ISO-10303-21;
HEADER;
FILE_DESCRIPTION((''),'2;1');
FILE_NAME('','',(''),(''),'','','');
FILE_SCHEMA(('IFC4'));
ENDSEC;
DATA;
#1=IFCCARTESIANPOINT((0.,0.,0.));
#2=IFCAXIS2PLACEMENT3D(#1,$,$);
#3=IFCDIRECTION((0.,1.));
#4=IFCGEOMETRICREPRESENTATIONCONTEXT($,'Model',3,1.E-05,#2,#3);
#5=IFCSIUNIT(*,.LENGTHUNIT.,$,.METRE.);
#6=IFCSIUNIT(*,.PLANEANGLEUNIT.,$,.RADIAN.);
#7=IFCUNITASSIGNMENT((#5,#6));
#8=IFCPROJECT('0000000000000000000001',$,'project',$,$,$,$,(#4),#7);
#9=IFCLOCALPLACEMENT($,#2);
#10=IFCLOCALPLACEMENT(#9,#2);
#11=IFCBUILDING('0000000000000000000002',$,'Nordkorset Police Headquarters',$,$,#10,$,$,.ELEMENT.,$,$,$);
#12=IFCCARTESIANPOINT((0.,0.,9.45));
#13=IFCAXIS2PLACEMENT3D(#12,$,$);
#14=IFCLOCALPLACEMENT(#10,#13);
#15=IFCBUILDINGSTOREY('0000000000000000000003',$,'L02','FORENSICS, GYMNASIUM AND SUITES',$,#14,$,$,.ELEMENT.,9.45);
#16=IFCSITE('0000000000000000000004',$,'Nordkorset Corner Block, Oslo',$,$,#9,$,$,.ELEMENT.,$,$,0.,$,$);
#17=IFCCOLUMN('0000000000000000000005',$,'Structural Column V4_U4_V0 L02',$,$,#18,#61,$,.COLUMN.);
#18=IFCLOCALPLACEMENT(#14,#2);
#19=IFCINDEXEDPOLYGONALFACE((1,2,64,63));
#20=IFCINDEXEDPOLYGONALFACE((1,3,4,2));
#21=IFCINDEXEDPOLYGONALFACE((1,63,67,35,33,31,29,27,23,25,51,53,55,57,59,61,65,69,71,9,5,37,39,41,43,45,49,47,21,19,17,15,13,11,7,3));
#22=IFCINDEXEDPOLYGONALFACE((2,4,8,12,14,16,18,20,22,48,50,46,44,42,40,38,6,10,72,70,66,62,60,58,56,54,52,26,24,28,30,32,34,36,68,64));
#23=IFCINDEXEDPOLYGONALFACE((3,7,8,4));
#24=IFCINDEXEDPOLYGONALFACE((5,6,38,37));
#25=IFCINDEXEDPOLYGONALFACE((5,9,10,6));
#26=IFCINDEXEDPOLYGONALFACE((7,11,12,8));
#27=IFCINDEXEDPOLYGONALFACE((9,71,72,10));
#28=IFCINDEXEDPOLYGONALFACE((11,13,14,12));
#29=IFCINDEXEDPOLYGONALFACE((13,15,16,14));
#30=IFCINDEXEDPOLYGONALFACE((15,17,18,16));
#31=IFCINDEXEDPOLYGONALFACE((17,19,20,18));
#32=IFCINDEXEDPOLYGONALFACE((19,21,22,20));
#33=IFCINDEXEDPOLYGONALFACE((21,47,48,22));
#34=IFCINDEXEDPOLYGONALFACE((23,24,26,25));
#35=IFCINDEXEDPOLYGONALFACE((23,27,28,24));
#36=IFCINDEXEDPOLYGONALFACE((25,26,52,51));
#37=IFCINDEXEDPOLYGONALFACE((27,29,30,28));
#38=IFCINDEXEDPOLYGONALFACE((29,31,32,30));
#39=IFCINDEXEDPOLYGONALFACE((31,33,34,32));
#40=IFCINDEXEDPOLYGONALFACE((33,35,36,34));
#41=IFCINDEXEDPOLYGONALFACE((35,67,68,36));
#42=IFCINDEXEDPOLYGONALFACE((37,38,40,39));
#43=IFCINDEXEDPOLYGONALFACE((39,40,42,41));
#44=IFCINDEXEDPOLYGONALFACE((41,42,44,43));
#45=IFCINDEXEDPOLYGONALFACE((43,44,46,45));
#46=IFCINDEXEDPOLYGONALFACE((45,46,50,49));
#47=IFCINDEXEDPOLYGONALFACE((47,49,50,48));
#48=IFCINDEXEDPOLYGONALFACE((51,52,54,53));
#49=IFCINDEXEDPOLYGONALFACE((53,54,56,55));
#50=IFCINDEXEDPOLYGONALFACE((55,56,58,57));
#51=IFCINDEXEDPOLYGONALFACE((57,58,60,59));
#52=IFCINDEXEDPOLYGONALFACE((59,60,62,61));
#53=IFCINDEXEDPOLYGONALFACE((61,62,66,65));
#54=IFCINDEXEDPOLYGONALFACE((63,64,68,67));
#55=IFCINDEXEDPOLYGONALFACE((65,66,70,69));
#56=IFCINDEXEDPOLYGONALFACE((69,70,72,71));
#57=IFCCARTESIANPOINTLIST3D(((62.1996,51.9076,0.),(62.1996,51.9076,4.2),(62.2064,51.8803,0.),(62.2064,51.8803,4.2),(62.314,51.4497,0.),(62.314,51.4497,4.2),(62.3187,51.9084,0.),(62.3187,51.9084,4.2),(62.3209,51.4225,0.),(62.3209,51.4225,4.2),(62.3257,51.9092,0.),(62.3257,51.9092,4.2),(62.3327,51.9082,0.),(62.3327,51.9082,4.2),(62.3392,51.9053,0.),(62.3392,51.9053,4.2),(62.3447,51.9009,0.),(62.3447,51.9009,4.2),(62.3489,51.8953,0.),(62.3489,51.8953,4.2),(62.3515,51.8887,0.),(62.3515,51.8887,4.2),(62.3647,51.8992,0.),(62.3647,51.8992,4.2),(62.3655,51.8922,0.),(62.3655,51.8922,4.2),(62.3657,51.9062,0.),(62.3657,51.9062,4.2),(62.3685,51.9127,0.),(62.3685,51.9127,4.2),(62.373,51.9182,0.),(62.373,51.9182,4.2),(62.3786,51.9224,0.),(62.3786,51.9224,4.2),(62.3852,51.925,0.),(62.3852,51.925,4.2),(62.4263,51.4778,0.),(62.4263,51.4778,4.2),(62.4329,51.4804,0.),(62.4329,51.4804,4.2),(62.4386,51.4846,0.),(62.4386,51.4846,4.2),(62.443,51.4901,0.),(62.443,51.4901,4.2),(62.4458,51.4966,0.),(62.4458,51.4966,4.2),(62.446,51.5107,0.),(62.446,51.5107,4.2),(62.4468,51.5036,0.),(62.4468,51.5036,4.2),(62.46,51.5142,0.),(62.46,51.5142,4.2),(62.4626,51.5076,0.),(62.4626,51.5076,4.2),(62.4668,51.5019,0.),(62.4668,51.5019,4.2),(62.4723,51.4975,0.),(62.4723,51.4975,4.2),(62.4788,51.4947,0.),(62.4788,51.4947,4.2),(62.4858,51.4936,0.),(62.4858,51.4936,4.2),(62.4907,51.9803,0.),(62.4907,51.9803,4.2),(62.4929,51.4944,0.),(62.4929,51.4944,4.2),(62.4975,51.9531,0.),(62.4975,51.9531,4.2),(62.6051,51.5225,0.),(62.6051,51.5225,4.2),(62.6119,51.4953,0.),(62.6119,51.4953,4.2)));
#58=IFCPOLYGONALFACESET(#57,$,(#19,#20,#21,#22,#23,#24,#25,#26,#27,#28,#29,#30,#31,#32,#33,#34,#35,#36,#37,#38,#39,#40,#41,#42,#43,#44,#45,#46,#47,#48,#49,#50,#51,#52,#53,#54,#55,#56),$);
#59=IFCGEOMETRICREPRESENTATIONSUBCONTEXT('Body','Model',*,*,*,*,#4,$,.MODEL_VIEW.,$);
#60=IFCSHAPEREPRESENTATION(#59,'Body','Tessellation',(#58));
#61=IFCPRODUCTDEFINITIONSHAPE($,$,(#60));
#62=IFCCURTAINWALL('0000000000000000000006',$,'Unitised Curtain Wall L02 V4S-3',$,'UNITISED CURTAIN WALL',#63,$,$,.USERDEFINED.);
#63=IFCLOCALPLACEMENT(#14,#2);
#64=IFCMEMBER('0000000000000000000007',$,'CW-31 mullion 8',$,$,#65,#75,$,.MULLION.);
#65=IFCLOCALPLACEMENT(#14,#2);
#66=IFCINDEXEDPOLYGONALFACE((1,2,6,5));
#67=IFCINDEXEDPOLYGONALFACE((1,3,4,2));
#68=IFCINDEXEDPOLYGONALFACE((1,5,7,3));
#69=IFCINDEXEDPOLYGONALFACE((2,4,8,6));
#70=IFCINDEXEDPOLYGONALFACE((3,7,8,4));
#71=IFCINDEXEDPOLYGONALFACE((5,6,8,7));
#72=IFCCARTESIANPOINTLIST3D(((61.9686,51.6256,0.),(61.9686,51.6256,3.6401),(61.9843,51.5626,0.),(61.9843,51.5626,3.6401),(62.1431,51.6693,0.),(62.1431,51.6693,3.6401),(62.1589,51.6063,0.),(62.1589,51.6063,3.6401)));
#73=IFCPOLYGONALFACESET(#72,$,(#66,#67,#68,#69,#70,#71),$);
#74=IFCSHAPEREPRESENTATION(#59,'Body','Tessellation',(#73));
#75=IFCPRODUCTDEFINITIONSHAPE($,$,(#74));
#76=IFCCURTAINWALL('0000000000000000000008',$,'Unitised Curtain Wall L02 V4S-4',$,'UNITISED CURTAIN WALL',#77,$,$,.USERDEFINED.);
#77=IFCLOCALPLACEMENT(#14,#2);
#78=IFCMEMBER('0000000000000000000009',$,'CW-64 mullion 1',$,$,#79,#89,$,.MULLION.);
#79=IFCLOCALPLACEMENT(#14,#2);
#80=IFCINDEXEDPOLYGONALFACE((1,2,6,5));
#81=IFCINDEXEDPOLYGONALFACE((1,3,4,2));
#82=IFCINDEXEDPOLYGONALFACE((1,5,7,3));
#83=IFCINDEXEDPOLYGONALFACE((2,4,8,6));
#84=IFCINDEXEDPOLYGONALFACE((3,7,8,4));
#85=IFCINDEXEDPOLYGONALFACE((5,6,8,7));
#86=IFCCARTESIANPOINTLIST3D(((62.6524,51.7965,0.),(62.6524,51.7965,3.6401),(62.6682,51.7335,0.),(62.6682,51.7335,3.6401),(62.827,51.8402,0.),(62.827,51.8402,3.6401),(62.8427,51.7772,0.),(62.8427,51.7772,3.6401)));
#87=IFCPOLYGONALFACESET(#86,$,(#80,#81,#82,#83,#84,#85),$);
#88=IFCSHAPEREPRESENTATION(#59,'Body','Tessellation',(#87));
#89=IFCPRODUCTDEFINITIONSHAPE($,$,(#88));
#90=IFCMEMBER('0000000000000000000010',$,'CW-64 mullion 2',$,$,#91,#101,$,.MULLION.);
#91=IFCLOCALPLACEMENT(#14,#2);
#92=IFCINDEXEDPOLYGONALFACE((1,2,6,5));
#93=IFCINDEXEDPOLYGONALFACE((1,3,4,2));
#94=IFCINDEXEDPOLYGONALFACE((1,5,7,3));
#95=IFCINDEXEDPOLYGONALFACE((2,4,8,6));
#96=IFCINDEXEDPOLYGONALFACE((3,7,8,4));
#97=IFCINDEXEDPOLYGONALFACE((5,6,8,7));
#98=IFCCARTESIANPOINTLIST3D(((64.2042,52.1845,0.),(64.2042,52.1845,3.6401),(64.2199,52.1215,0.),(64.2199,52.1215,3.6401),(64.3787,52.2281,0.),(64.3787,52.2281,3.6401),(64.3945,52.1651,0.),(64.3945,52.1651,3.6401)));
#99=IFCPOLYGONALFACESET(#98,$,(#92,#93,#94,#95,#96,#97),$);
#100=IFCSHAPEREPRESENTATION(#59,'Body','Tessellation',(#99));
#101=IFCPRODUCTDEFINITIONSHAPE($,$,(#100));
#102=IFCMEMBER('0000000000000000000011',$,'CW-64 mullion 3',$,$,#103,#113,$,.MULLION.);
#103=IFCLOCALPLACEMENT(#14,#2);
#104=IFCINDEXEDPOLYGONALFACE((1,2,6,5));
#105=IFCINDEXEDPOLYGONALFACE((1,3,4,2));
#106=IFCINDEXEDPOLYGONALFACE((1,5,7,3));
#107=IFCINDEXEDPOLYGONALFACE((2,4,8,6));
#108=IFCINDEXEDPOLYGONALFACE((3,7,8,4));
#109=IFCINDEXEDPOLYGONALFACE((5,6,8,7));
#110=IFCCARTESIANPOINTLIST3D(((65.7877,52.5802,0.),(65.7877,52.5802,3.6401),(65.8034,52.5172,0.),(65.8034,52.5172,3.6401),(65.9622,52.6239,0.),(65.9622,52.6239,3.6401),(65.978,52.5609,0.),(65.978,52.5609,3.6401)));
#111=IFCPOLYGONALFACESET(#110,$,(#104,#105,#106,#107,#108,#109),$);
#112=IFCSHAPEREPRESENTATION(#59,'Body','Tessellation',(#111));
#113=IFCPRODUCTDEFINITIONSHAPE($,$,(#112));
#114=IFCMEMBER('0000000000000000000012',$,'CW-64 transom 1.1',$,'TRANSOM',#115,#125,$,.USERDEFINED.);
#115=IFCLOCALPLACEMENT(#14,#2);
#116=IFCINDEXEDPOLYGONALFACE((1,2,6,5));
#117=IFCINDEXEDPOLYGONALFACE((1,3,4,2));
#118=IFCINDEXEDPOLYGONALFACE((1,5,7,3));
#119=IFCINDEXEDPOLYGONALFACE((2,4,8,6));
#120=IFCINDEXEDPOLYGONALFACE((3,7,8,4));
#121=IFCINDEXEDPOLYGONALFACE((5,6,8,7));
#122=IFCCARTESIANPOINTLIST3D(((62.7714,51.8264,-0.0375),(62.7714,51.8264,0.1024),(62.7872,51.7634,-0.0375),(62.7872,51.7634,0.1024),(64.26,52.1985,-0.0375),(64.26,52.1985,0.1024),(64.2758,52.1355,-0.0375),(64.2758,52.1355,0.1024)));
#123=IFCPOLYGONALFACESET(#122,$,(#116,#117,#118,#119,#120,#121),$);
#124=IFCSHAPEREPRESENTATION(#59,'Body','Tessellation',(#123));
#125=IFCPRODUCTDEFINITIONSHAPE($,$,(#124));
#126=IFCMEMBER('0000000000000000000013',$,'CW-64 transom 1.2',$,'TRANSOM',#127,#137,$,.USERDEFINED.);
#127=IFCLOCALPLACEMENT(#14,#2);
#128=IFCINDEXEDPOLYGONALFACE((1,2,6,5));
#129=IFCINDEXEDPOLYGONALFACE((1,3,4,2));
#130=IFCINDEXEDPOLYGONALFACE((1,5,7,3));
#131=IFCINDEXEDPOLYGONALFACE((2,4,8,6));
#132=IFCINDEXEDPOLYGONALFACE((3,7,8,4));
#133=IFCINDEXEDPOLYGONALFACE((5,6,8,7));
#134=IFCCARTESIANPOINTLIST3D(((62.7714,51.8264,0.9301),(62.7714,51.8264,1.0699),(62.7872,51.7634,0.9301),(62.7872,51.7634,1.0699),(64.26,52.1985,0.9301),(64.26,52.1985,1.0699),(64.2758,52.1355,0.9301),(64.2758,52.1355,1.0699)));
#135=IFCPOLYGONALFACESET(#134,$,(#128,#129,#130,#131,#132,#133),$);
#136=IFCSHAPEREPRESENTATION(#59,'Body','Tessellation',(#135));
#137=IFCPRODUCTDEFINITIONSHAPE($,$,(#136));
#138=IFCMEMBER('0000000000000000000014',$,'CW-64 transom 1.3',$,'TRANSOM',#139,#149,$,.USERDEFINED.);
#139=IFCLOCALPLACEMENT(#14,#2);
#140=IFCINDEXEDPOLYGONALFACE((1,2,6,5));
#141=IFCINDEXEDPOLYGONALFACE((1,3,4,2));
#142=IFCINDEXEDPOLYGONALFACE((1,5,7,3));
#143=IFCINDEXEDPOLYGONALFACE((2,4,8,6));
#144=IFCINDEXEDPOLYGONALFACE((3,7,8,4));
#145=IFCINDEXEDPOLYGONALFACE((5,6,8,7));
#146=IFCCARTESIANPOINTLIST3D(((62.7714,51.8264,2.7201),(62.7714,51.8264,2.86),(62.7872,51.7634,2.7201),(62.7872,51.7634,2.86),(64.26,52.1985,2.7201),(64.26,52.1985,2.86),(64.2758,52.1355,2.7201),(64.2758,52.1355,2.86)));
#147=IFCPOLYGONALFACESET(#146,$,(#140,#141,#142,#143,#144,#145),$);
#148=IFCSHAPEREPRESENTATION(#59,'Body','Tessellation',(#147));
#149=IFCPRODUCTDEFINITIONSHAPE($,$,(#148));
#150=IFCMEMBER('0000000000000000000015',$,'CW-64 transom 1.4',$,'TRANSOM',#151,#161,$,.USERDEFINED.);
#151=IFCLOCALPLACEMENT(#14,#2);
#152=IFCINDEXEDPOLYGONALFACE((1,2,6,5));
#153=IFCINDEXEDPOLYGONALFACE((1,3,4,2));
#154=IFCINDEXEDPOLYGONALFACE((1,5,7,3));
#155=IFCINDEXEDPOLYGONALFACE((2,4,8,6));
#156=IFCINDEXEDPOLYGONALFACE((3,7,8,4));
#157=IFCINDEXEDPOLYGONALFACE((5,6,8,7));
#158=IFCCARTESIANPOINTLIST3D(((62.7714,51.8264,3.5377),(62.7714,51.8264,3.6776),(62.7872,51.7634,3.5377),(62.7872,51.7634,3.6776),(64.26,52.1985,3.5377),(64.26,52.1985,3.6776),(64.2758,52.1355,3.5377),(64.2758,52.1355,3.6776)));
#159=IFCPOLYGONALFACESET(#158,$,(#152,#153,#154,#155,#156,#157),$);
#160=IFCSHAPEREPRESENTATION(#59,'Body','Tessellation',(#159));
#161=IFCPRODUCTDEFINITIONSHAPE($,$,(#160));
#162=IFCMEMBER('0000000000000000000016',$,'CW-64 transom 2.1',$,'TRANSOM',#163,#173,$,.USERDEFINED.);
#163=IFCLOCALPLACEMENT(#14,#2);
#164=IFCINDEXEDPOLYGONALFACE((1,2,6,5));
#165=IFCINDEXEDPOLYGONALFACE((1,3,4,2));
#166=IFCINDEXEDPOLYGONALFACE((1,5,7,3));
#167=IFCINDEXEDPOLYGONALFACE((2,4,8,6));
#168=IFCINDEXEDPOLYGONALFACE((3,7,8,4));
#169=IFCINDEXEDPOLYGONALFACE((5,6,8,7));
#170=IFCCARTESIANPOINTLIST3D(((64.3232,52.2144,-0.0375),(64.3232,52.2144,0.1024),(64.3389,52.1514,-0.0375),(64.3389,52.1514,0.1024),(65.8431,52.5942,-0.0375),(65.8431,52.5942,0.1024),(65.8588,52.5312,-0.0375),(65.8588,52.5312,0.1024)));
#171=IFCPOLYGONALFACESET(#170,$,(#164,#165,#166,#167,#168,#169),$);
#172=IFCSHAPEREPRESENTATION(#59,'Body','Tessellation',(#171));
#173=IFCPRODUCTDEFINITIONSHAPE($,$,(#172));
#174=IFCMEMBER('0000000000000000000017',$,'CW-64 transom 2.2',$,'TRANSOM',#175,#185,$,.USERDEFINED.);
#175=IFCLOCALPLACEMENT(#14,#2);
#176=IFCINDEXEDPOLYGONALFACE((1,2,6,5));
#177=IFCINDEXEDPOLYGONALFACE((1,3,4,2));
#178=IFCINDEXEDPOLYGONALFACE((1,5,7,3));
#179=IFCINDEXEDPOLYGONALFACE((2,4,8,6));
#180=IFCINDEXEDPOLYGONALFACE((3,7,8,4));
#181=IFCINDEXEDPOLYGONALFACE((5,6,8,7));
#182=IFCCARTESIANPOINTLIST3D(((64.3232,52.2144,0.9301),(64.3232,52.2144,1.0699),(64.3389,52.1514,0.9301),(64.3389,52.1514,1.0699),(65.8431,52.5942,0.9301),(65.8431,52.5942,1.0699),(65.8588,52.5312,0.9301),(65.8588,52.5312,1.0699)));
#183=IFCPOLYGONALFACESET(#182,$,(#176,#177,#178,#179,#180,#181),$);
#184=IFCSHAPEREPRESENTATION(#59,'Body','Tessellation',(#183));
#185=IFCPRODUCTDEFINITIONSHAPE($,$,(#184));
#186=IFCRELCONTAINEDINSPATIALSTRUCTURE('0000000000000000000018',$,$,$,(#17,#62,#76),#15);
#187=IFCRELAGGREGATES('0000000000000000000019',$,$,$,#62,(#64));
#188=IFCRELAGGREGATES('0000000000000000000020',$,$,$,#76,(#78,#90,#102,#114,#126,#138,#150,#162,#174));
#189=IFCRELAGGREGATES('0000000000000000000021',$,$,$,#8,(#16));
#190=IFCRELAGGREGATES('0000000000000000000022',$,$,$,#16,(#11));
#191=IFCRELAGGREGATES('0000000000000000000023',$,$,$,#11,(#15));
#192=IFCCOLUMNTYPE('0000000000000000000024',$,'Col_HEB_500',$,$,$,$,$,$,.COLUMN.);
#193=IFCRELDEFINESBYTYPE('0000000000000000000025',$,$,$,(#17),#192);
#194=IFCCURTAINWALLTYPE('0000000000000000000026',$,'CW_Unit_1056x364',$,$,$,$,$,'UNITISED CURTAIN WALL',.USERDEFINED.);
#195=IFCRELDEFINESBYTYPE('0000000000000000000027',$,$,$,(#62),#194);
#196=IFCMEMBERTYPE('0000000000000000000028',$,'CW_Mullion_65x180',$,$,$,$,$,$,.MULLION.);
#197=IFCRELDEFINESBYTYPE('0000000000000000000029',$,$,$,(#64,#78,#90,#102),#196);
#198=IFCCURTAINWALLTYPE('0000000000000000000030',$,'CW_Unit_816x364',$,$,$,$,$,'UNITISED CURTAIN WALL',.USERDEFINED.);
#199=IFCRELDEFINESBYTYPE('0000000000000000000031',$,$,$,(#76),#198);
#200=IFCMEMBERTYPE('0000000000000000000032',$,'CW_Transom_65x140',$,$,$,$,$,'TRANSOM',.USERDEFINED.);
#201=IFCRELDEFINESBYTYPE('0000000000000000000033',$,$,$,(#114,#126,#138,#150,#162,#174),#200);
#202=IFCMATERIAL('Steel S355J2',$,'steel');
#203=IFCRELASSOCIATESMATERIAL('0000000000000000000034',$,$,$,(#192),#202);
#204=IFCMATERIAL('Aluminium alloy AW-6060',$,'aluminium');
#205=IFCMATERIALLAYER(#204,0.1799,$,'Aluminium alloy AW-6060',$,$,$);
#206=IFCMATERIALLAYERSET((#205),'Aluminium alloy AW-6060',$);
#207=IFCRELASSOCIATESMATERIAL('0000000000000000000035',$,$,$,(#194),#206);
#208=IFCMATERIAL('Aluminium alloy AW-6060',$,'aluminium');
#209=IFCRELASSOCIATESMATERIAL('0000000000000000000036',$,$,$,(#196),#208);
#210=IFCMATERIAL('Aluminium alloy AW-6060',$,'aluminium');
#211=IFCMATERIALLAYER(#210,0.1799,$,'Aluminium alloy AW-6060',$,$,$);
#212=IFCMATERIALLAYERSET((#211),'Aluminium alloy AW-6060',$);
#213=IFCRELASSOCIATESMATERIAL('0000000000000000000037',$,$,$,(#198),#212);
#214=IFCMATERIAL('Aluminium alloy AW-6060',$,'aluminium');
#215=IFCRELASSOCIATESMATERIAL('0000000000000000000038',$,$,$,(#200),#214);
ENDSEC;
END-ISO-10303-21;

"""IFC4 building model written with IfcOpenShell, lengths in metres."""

from ifc_helpers import new_model, si_unit, direction, frame, origin, origin_2d, place, context, subcontext, project, spatial, rectangle, i_section, extrude, material, layer, layer_set, material_profile, profile_set, type_object, element, aggregate, save


model = new_model("IFC4")

# Units and contexts
model_context = context("Model", 3, precision=1e-05, world=origin(), true_north=direction((0.0, 1.0)))
body_context = subcontext(model_context, "Body", "Model", "MODEL_VIEW")
ifc_project = project(units=[si_unit("LENGTHUNIT", "METRE"), si_unit("PLANEANGLEUNIT", "RADIAN")], contexts=[model_context])

# Site, building, storey
site_placement = place(None, origin())
site = spatial("IfcSite", under=ifc_project, at=site_placement, Name="Nordkorset Corner Block, Oslo", CompositionType="ELEMENT", RefElevation=0.0)
building_placement = place(site_placement, origin())
building = spatial("IfcBuilding", under=site, at=building_placement, Name="Nordkorset Police Headquarters", CompositionType="ELEMENT")
storey_placement = place(building_placement, frame((0.0, 0.0, 9.45)))
storey = spatial("IfcBuildingStorey", under=building, at=storey_placement, Name="L02", Description="FORENSICS, GYMNASIUM AND SUITES", CompositionType="ELEMENT", Elevation=9.45)

# Column
ifc_material_1 = material(Name="Steel S355J2", Category="steel")
ifc_material_profile_1 = material_profile(ifc_material_1, i_section(OverallWidth=0.3, OverallDepth=0.5, WebThickness=0.0144, FlangeThickness=0.0281, FilletRadius=0.0271, at=origin_2d()), Name="HEB 500")
ifc_profile_set_1 = profile_set([ifc_material_profile_1], Name="Steel S355J2")
column_type = type_object("IfcColumnType", Name="Col_HEB_500", PredefinedType="COLUMN", material=ifc_profile_set_1)
column_placement = place(storey_placement, frame((62.4058, 51.7014, 0.0), z_axis=(0.0, 0.0, 1.0), x_axis=(0.970143, 0.242536, 0.0)))
element("IfcColumn", 1, at=column_placement, inside=storey, type_object=column_type, Name="Structural Column V4_U4_V0 L02", PredefinedType="COLUMN", context=body_context, shape_type="SweptSolid", body=[
    extrude(i_section(OverallWidth=0.3, OverallDepth=0.5, WebThickness=0.0144, FlangeThickness=0.0281, FilletRadius=0.0271, at=origin_2d()), origin(), (0.0, 0.0, 1.0), 4.2),
])

# Curtain wall, member
ifc_material_2 = material(Name="Aluminium alloy AW-6060", Category="aluminium")
ifc_layer_1 = layer(ifc_material_2, 0.1799, Name="Aluminium alloy AW-6060")
ifc_layer_set_1 = layer_set([ifc_layer_1], Name="Aluminium alloy AW-6060")
curtain_wall_type_1 = type_object("IfcCurtainWallType", Name="CW_Unit_1056x364", ElementType="UNITISED CURTAIN WALL", PredefinedType="USERDEFINED", material=ifc_layer_set_1)
curtain_wall_1_placement = place(storey_placement, origin())
curtain_wall_1 = element("IfcCurtainWall", 2, at=curtain_wall_1_placement, inside=storey, type_object=curtain_wall_type_1, Name="Unitised Curtain Wall L02 V4S-3", ObjectType="UNITISED CURTAIN WALL", PredefinedType="USERDEFINED")
ifc_material_3 = material(Name="Aluminium alloy AW-6060", Category="aluminium")
ifc_material_profile_2 = material_profile(ifc_material_3, rectangle(XDim=0.0649, YDim=0.1799, at=origin_2d()), Name="ALU MULL 65x180")
ifc_profile_set_2 = profile_set([ifc_material_profile_2], Name="Aluminium alloy AW-6060")
member_type_1 = type_object("IfcMemberType", Name="CW_Mullion_65x180", PredefinedType="MULLION", material=ifc_profile_set_2)
member_1_placement = place(storey_placement, frame((62.0637, 51.616, 0.0), z_axis=(0.0, 0.0, 1.0), x_axis=(-0.242535, 0.970143, 0.0)))
member_1 = element("IfcMember", 3, at=member_1_placement, type_object=member_type_1, Name="CW-31 mullion 8", PredefinedType="MULLION", context=body_context, shape_type="SweptSolid", body=[
    extrude(rectangle(XDim=0.0649, YDim=0.1799, at=origin_2d()), origin(), (0.0, 0.0, 1.0), 3.6401),
])
aggregate(curtain_wall_1, [member_1])

# Curtain wall, members
ifc_material_4 = material(Name="Aluminium alloy AW-6060", Category="aluminium")
ifc_layer_2 = layer(ifc_material_4, 0.1799, Name="Aluminium alloy AW-6060")
ifc_layer_set_2 = layer_set([ifc_layer_2], Name="Aluminium alloy AW-6060")
curtain_wall_type_2 = type_object("IfcCurtainWallType", Name="CW_Unit_816x364", ElementType="UNITISED CURTAIN WALL", PredefinedType="USERDEFINED", material=ifc_layer_set_2)
curtain_wall_2_placement = place(storey_placement, origin())
curtain_wall_2 = element("IfcCurtainWall", 4, at=curtain_wall_2_placement, inside=storey, type_object=curtain_wall_type_2, Name="Unitised Curtain Wall L02 V4S-4", ObjectType="UNITISED CURTAIN WALL", PredefinedType="USERDEFINED")
member_2_placement = place(storey_placement, frame((62.7476, 51.7869, 0.0), z_axis=(0.0, 0.0, 1.0), x_axis=(-0.242536, 0.970143, 0.0)))
member_2 = element("IfcMember", 5, at=member_2_placement, type_object=member_type_1, Name="CW-64 mullion 1", PredefinedType="MULLION", context=body_context, shape_type="SweptSolid", body=[
    extrude(rectangle(XDim=0.0649, YDim=0.1799, at=origin_2d()), origin(), (0.0, 0.0, 1.0), 3.6401),
])
member_3_placement = place(storey_placement, frame((64.2993, 52.1748, 0.0), z_axis=(0.0, 0.0, 1.0), x_axis=(-0.242536, 0.970143, 0.0)))
member_3 = element("IfcMember", 6, at=member_3_placement, type_object=member_type_1, Name="CW-64 mullion 2", PredefinedType="MULLION", context=body_context, shape_type="SweptSolid", body=[
    extrude(rectangle(XDim=0.0649, YDim=0.1799, at=origin_2d()), origin(), (0.0, 0.0, 1.0), 3.6401),
])
member_4_placement = place(storey_placement, frame((65.8828, 52.5706, 0.0), z_axis=(0.0, 0.0, 1.0), x_axis=(-0.242536, 0.970143, 0.0)))
member_4 = element("IfcMember", 7, at=member_4_placement, type_object=member_type_1, Name="CW-64 mullion 3", PredefinedType="MULLION", context=body_context, shape_type="SweptSolid", body=[
    extrude(rectangle(XDim=0.0649, YDim=0.1799, at=origin_2d()), origin(), (0.0, 0.0, 1.0), 3.6401),
])
ifc_material_5 = material(Name="Aluminium alloy AW-6060", Category="aluminium")
ifc_material_profile_3 = material_profile(ifc_material_5, rectangle(XDim=0.0649, YDim=0.1399, at=origin_2d()), Name="ALU TRAN 65x140")
ifc_profile_set_3 = profile_set([ifc_material_profile_3], Name="Aluminium alloy AW-6060")
member_type_2 = type_object("IfcMemberType", Name="CW_Transom_65x140", ElementType="TRANSOM", PredefinedType="USERDEFINED", material=ifc_profile_set_3)
member_5_placement = place(storey_placement, frame((62.7793, 51.7949, 0.0325), z_axis=(0.970152, 0.242498, 0.0), x_axis=(-0.242498, 0.970152, 0.0)))
member_5 = element("IfcMember", 8, at=member_5_placement, type_object=member_type_2, Name="CW-64 transom 1.1", ObjectType="TRANSOM", PredefinedType="USERDEFINED", context=body_context, shape_type="SweptSolid", body=[
    extrude(rectangle(XDim=0.0649, YDim=0.1399, at=origin_2d()), origin(), (0.0, 0.0, 1.0), 1.5344),
])
member_6_placement = place(storey_placement, frame((62.7793, 51.7949, 1.0), z_axis=(0.970152, 0.242498, 0.0), x_axis=(-0.242498, 0.970152, 0.0)))
member_6 = element("IfcMember", 9, at=member_6_placement, type_object=member_type_2, Name="CW-64 transom 1.2", ObjectType="TRANSOM", PredefinedType="USERDEFINED", context=body_context, shape_type="SweptSolid", body=[
    extrude(rectangle(XDim=0.0649, YDim=0.1399, at=origin_2d()), origin(), (0.0, 0.0, 1.0), 1.5344),
])
member_7_placement = place(storey_placement, frame((62.7793, 51.7949, 2.79), z_axis=(0.970152, 0.242498, 0.0), x_axis=(-0.242498, 0.970152, 0.0)))
member_7 = element("IfcMember", 10, at=member_7_placement, type_object=member_type_2, Name="CW-64 transom 1.3", ObjectType="TRANSOM", PredefinedType="USERDEFINED", context=body_context, shape_type="SweptSolid", body=[
    extrude(rectangle(XDim=0.0649, YDim=0.1399, at=origin_2d()), origin(), (0.0, 0.0, 1.0), 1.5344),
])
member_8_placement = place(storey_placement, frame((62.7793, 51.7949, 3.6077), z_axis=(0.970152, 0.242498, 0.0), x_axis=(-0.242498, 0.970152, 0.0)))
member_8 = element("IfcMember", 11, at=member_8_placement, type_object=member_type_2, Name="CW-64 transom 1.4", ObjectType="TRANSOM", PredefinedType="USERDEFINED", context=body_context, shape_type="SweptSolid", body=[
    extrude(rectangle(XDim=0.0649, YDim=0.1399, at=origin_2d()), origin(), (0.0, 0.0, 1.0), 1.5344),
])
member_9_placement = place(storey_placement, frame((64.3311, 52.1829, 0.0325), z_axis=(0.970161, 0.242462, 0.0), x_axis=(-0.242462, 0.970161, 0.0)))
member_9 = element("IfcMember", 12, at=member_9_placement, type_object=member_type_2, Name="CW-64 transom 2.1", ObjectType="TRANSOM", PredefinedType="USERDEFINED", context=body_context, shape_type="SweptSolid", body=[
    extrude(rectangle(XDim=0.0649, YDim=0.1399, at=origin_2d()), origin(), (0.0, 0.0, 1.0), 1.5667),
])
member_10_placement = place(storey_placement, frame((64.3311, 52.1829, 1.0), z_axis=(0.970161, 0.242462, 0.0), x_axis=(-0.242462, 0.970161, 0.0)))
member_10 = element("IfcMember", 13, at=member_10_placement, type_object=member_type_2, Name="CW-64 transom 2.2", ObjectType="TRANSOM", PredefinedType="USERDEFINED", context=body_context, shape_type="SweptSolid", body=[
    extrude(rectangle(XDim=0.0649, YDim=0.1399, at=origin_2d()), origin(), (0.0, 0.0, 1.0), 1.5667),
])

aggregate(curtain_wall_2, [member_2, member_3, member_4, member_5, member_6, member_7, member_8, member_9, member_10])

save(model, "model.ifc")
